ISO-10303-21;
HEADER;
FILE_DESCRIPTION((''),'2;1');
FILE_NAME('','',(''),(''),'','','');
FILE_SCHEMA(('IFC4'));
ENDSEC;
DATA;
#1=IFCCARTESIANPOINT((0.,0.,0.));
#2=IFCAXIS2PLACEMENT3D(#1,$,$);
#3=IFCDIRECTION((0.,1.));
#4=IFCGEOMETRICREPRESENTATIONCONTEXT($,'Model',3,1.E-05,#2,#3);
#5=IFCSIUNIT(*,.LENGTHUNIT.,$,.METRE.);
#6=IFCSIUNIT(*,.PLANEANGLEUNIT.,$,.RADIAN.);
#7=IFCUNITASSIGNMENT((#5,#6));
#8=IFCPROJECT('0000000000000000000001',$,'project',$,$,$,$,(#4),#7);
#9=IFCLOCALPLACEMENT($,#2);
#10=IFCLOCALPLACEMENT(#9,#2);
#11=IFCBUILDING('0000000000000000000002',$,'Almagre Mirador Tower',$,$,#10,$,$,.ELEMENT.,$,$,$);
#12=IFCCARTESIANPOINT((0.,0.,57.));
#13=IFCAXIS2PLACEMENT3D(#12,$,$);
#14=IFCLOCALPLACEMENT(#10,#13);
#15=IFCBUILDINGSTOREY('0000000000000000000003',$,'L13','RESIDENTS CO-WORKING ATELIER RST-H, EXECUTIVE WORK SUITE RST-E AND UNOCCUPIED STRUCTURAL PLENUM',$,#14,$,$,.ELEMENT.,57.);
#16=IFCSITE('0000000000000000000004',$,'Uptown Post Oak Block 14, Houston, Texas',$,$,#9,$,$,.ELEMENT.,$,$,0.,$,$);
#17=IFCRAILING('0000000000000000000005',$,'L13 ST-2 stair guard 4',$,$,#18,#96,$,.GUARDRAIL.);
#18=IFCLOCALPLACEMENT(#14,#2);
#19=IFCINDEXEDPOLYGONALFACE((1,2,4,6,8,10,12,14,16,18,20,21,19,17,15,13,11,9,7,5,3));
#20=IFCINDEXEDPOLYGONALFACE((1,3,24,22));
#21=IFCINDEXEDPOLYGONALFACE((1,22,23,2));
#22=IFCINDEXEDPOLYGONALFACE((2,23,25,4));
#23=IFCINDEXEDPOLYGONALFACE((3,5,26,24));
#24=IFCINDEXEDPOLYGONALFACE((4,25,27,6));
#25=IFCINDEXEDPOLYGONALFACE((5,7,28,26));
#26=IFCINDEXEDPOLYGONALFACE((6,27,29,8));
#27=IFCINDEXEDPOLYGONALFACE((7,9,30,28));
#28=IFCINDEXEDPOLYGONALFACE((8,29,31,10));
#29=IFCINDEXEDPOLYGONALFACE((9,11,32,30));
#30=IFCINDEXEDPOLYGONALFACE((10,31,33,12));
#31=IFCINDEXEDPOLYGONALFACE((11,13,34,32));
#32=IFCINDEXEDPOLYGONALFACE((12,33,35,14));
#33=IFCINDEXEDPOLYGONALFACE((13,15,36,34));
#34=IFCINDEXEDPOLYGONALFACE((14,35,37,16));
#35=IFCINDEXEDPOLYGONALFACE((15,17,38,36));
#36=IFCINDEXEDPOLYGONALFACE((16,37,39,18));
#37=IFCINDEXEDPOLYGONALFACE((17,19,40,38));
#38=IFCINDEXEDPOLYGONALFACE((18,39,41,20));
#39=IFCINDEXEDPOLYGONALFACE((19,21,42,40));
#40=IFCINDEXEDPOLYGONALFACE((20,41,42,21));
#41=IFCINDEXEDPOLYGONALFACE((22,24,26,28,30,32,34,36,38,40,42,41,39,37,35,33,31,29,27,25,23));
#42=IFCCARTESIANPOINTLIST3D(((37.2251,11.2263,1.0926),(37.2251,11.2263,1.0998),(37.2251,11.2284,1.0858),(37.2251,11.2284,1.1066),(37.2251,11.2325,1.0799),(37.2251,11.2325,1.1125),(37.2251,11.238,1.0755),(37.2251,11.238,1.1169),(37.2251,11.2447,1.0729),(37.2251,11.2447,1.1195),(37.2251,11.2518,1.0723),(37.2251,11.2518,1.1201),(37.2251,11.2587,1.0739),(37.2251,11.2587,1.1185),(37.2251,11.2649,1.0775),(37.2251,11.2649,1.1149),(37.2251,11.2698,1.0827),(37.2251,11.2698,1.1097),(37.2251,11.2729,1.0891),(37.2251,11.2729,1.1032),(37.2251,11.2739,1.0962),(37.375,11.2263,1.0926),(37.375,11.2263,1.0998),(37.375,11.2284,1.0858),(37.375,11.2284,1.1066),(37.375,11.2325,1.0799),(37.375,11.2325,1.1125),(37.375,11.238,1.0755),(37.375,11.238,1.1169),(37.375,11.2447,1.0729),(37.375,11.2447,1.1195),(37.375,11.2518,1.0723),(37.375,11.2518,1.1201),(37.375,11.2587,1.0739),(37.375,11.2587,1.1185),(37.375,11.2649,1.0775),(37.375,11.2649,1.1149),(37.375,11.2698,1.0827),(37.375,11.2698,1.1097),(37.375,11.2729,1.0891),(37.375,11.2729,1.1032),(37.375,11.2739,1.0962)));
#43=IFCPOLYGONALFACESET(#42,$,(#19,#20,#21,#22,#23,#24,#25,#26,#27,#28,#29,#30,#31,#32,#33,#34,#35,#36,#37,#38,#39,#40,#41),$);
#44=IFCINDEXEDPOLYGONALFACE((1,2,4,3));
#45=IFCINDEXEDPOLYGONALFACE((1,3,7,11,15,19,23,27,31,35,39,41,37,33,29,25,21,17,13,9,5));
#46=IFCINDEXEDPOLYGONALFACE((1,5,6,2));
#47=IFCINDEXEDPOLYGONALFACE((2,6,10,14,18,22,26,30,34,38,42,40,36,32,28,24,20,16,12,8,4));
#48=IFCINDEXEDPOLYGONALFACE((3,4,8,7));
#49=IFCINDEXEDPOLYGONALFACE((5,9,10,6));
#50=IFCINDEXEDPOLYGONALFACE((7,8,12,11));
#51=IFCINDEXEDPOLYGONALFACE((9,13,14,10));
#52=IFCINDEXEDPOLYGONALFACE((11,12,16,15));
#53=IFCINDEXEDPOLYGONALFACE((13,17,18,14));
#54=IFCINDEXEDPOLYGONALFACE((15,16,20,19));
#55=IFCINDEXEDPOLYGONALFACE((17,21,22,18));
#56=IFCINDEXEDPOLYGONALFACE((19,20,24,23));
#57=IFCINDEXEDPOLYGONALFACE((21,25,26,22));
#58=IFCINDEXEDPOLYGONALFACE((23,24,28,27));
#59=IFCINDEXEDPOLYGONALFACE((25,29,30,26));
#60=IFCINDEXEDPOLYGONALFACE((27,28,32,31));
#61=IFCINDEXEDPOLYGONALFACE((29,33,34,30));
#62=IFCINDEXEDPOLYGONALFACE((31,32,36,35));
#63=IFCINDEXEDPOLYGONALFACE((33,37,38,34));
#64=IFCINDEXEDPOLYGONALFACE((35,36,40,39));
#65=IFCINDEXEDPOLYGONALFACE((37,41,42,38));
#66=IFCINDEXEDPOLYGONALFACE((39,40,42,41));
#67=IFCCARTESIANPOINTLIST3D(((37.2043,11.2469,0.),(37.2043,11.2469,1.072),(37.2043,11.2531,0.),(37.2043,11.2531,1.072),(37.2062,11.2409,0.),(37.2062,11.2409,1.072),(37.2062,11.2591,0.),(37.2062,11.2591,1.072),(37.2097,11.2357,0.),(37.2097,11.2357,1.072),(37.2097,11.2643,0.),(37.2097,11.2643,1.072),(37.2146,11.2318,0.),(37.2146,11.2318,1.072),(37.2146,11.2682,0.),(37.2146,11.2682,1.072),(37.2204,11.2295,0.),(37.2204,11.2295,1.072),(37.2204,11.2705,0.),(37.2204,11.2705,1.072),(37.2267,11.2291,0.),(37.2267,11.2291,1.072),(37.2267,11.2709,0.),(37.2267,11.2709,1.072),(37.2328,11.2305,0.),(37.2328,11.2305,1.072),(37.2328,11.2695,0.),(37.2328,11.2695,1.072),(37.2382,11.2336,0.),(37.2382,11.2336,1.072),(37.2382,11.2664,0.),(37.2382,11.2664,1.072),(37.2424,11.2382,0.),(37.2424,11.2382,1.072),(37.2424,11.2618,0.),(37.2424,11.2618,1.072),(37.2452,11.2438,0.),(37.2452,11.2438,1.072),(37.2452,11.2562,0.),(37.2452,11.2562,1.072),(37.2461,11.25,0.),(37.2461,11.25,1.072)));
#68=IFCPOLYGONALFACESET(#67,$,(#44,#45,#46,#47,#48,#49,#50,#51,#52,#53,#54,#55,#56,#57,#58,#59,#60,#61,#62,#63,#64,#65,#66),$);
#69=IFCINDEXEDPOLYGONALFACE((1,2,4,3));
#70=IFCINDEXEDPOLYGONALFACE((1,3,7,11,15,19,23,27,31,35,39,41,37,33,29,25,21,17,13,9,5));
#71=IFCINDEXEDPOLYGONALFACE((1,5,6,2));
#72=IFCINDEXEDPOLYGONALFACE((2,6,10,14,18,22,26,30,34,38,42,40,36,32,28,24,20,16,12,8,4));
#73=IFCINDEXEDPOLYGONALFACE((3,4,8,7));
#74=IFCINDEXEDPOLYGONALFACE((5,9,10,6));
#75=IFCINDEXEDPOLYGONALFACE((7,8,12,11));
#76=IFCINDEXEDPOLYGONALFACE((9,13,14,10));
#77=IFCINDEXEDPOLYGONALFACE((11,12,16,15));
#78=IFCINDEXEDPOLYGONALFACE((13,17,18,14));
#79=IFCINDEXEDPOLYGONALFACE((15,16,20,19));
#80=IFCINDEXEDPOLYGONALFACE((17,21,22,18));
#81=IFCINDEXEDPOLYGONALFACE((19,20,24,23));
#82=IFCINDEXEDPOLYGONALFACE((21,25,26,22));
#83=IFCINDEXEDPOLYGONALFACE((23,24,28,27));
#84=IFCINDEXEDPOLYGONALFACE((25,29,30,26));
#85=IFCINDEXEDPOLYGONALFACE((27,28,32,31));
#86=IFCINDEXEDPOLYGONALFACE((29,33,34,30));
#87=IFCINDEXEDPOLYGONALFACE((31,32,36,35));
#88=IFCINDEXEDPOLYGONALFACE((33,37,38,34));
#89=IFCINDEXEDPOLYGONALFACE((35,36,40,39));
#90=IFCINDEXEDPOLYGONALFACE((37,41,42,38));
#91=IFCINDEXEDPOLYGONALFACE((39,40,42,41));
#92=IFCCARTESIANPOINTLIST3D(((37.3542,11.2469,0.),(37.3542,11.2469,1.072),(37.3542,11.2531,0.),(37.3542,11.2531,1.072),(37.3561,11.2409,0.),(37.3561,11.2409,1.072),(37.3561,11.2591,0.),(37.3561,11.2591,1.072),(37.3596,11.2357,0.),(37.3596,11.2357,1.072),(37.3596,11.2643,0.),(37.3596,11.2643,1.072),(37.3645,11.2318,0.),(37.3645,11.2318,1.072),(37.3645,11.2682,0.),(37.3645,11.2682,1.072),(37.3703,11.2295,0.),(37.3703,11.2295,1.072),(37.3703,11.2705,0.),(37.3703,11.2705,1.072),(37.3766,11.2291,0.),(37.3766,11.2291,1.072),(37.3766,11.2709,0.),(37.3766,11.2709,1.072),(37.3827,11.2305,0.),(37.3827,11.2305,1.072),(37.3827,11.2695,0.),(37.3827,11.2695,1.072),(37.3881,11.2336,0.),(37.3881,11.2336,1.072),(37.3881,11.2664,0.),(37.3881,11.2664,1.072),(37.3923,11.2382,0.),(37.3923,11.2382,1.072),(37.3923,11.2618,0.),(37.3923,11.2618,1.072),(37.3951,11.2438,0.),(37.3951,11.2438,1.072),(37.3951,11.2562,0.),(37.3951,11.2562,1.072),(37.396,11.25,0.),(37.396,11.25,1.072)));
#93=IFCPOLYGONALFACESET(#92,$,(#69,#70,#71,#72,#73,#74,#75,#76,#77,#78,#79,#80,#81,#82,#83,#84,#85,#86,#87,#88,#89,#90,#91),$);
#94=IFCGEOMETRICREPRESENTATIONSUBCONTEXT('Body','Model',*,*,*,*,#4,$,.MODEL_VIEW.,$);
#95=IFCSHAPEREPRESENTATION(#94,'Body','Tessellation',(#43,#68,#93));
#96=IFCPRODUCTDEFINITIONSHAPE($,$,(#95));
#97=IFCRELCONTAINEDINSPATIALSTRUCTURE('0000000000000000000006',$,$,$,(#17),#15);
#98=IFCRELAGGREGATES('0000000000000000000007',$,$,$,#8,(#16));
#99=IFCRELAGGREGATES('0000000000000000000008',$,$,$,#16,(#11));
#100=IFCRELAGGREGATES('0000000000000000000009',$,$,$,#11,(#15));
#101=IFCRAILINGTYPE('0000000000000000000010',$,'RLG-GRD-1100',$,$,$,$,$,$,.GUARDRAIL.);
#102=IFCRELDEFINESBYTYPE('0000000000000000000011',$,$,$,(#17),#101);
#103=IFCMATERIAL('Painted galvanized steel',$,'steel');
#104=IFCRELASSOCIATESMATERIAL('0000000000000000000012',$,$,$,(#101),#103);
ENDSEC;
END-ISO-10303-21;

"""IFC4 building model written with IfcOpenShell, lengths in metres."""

from ifc_helpers import new_model, si_unit, direction, frame, origin, origin_2d, place, context, subcontext, project, spatial, circle, extrude, material, type_object, element, save


model = new_model("IFC4")

# Units and contexts
model_context = context("Model", 3, precision=1e-05, world=origin(), true_north=direction((0.0, 1.0)))
body_context = subcontext(model_context, "Body", "Model", "MODEL_VIEW")
ifc_project = project(units=[si_unit("LENGTHUNIT", "METRE"), si_unit("PLANEANGLEUNIT", "RADIAN")], contexts=[model_context])

# Site, building, storey
site_placement = place(None, origin())
site = spatial("IfcSite", under=ifc_project, at=site_placement, Name="Uptown Post Oak Block 14, Houston, Texas", CompositionType="ELEMENT", RefElevation=0.0)
building_placement = place(site_placement, origin())
building = spatial("IfcBuilding", under=site, at=building_placement, Name="Almagre Mirador Tower", CompositionType="ELEMENT")
storey_placement = place(building_placement, frame((0.0, 0.0, 57.0)))
storey = spatial("IfcBuildingStorey", under=building, at=storey_placement, Name="L13", Description="RESIDENTS CO-WORKING ATELIER RST-H, EXECUTIVE WORK SUITE RST-E AND UNOCCUPIED STRUCTURAL PLENUM", CompositionType="ELEMENT", Elevation=57.0)

# Railing
ifc_material_1 = material(Name="Painted galvanized steel", Category="steel")
railing_type_1 = type_object("IfcRailingType", Name="RLG-GRD-1100", PredefinedType="GUARDRAIL", material=ifc_material_1)
railing_1_placement = place(storey_placement, frame((37.2251, 11.25, 0.0)))
element("IfcRailing", 1, at=railing_1_placement, inside=storey, type_object=railing_type_1, Name="L13 ST-2 stair guard 4", PredefinedType="GUARDRAIL", context=body_context, shape_type="SweptSolid", body=[
    extrude(circle(Radius=0.0239, at=origin_2d()), frame((0.0, 0.0, 1.0962), z_axis=(1.0, 0.0, 0.0), x_axis=(0.0, 1.0, 0.0)), (0.0, 0.0, 1.0), 0.1499),
    extrude(circle(Radius=0.021, at=origin_2d()), origin(), (0.0, 0.0, 1.0), 1.072),
    extrude(circle(Radius=0.021, at=origin_2d()), frame((0.1499, 0.0, 0.0)), (0.0, 0.0, 1.0), 1.072),
])

save(model, "model.ifc")
